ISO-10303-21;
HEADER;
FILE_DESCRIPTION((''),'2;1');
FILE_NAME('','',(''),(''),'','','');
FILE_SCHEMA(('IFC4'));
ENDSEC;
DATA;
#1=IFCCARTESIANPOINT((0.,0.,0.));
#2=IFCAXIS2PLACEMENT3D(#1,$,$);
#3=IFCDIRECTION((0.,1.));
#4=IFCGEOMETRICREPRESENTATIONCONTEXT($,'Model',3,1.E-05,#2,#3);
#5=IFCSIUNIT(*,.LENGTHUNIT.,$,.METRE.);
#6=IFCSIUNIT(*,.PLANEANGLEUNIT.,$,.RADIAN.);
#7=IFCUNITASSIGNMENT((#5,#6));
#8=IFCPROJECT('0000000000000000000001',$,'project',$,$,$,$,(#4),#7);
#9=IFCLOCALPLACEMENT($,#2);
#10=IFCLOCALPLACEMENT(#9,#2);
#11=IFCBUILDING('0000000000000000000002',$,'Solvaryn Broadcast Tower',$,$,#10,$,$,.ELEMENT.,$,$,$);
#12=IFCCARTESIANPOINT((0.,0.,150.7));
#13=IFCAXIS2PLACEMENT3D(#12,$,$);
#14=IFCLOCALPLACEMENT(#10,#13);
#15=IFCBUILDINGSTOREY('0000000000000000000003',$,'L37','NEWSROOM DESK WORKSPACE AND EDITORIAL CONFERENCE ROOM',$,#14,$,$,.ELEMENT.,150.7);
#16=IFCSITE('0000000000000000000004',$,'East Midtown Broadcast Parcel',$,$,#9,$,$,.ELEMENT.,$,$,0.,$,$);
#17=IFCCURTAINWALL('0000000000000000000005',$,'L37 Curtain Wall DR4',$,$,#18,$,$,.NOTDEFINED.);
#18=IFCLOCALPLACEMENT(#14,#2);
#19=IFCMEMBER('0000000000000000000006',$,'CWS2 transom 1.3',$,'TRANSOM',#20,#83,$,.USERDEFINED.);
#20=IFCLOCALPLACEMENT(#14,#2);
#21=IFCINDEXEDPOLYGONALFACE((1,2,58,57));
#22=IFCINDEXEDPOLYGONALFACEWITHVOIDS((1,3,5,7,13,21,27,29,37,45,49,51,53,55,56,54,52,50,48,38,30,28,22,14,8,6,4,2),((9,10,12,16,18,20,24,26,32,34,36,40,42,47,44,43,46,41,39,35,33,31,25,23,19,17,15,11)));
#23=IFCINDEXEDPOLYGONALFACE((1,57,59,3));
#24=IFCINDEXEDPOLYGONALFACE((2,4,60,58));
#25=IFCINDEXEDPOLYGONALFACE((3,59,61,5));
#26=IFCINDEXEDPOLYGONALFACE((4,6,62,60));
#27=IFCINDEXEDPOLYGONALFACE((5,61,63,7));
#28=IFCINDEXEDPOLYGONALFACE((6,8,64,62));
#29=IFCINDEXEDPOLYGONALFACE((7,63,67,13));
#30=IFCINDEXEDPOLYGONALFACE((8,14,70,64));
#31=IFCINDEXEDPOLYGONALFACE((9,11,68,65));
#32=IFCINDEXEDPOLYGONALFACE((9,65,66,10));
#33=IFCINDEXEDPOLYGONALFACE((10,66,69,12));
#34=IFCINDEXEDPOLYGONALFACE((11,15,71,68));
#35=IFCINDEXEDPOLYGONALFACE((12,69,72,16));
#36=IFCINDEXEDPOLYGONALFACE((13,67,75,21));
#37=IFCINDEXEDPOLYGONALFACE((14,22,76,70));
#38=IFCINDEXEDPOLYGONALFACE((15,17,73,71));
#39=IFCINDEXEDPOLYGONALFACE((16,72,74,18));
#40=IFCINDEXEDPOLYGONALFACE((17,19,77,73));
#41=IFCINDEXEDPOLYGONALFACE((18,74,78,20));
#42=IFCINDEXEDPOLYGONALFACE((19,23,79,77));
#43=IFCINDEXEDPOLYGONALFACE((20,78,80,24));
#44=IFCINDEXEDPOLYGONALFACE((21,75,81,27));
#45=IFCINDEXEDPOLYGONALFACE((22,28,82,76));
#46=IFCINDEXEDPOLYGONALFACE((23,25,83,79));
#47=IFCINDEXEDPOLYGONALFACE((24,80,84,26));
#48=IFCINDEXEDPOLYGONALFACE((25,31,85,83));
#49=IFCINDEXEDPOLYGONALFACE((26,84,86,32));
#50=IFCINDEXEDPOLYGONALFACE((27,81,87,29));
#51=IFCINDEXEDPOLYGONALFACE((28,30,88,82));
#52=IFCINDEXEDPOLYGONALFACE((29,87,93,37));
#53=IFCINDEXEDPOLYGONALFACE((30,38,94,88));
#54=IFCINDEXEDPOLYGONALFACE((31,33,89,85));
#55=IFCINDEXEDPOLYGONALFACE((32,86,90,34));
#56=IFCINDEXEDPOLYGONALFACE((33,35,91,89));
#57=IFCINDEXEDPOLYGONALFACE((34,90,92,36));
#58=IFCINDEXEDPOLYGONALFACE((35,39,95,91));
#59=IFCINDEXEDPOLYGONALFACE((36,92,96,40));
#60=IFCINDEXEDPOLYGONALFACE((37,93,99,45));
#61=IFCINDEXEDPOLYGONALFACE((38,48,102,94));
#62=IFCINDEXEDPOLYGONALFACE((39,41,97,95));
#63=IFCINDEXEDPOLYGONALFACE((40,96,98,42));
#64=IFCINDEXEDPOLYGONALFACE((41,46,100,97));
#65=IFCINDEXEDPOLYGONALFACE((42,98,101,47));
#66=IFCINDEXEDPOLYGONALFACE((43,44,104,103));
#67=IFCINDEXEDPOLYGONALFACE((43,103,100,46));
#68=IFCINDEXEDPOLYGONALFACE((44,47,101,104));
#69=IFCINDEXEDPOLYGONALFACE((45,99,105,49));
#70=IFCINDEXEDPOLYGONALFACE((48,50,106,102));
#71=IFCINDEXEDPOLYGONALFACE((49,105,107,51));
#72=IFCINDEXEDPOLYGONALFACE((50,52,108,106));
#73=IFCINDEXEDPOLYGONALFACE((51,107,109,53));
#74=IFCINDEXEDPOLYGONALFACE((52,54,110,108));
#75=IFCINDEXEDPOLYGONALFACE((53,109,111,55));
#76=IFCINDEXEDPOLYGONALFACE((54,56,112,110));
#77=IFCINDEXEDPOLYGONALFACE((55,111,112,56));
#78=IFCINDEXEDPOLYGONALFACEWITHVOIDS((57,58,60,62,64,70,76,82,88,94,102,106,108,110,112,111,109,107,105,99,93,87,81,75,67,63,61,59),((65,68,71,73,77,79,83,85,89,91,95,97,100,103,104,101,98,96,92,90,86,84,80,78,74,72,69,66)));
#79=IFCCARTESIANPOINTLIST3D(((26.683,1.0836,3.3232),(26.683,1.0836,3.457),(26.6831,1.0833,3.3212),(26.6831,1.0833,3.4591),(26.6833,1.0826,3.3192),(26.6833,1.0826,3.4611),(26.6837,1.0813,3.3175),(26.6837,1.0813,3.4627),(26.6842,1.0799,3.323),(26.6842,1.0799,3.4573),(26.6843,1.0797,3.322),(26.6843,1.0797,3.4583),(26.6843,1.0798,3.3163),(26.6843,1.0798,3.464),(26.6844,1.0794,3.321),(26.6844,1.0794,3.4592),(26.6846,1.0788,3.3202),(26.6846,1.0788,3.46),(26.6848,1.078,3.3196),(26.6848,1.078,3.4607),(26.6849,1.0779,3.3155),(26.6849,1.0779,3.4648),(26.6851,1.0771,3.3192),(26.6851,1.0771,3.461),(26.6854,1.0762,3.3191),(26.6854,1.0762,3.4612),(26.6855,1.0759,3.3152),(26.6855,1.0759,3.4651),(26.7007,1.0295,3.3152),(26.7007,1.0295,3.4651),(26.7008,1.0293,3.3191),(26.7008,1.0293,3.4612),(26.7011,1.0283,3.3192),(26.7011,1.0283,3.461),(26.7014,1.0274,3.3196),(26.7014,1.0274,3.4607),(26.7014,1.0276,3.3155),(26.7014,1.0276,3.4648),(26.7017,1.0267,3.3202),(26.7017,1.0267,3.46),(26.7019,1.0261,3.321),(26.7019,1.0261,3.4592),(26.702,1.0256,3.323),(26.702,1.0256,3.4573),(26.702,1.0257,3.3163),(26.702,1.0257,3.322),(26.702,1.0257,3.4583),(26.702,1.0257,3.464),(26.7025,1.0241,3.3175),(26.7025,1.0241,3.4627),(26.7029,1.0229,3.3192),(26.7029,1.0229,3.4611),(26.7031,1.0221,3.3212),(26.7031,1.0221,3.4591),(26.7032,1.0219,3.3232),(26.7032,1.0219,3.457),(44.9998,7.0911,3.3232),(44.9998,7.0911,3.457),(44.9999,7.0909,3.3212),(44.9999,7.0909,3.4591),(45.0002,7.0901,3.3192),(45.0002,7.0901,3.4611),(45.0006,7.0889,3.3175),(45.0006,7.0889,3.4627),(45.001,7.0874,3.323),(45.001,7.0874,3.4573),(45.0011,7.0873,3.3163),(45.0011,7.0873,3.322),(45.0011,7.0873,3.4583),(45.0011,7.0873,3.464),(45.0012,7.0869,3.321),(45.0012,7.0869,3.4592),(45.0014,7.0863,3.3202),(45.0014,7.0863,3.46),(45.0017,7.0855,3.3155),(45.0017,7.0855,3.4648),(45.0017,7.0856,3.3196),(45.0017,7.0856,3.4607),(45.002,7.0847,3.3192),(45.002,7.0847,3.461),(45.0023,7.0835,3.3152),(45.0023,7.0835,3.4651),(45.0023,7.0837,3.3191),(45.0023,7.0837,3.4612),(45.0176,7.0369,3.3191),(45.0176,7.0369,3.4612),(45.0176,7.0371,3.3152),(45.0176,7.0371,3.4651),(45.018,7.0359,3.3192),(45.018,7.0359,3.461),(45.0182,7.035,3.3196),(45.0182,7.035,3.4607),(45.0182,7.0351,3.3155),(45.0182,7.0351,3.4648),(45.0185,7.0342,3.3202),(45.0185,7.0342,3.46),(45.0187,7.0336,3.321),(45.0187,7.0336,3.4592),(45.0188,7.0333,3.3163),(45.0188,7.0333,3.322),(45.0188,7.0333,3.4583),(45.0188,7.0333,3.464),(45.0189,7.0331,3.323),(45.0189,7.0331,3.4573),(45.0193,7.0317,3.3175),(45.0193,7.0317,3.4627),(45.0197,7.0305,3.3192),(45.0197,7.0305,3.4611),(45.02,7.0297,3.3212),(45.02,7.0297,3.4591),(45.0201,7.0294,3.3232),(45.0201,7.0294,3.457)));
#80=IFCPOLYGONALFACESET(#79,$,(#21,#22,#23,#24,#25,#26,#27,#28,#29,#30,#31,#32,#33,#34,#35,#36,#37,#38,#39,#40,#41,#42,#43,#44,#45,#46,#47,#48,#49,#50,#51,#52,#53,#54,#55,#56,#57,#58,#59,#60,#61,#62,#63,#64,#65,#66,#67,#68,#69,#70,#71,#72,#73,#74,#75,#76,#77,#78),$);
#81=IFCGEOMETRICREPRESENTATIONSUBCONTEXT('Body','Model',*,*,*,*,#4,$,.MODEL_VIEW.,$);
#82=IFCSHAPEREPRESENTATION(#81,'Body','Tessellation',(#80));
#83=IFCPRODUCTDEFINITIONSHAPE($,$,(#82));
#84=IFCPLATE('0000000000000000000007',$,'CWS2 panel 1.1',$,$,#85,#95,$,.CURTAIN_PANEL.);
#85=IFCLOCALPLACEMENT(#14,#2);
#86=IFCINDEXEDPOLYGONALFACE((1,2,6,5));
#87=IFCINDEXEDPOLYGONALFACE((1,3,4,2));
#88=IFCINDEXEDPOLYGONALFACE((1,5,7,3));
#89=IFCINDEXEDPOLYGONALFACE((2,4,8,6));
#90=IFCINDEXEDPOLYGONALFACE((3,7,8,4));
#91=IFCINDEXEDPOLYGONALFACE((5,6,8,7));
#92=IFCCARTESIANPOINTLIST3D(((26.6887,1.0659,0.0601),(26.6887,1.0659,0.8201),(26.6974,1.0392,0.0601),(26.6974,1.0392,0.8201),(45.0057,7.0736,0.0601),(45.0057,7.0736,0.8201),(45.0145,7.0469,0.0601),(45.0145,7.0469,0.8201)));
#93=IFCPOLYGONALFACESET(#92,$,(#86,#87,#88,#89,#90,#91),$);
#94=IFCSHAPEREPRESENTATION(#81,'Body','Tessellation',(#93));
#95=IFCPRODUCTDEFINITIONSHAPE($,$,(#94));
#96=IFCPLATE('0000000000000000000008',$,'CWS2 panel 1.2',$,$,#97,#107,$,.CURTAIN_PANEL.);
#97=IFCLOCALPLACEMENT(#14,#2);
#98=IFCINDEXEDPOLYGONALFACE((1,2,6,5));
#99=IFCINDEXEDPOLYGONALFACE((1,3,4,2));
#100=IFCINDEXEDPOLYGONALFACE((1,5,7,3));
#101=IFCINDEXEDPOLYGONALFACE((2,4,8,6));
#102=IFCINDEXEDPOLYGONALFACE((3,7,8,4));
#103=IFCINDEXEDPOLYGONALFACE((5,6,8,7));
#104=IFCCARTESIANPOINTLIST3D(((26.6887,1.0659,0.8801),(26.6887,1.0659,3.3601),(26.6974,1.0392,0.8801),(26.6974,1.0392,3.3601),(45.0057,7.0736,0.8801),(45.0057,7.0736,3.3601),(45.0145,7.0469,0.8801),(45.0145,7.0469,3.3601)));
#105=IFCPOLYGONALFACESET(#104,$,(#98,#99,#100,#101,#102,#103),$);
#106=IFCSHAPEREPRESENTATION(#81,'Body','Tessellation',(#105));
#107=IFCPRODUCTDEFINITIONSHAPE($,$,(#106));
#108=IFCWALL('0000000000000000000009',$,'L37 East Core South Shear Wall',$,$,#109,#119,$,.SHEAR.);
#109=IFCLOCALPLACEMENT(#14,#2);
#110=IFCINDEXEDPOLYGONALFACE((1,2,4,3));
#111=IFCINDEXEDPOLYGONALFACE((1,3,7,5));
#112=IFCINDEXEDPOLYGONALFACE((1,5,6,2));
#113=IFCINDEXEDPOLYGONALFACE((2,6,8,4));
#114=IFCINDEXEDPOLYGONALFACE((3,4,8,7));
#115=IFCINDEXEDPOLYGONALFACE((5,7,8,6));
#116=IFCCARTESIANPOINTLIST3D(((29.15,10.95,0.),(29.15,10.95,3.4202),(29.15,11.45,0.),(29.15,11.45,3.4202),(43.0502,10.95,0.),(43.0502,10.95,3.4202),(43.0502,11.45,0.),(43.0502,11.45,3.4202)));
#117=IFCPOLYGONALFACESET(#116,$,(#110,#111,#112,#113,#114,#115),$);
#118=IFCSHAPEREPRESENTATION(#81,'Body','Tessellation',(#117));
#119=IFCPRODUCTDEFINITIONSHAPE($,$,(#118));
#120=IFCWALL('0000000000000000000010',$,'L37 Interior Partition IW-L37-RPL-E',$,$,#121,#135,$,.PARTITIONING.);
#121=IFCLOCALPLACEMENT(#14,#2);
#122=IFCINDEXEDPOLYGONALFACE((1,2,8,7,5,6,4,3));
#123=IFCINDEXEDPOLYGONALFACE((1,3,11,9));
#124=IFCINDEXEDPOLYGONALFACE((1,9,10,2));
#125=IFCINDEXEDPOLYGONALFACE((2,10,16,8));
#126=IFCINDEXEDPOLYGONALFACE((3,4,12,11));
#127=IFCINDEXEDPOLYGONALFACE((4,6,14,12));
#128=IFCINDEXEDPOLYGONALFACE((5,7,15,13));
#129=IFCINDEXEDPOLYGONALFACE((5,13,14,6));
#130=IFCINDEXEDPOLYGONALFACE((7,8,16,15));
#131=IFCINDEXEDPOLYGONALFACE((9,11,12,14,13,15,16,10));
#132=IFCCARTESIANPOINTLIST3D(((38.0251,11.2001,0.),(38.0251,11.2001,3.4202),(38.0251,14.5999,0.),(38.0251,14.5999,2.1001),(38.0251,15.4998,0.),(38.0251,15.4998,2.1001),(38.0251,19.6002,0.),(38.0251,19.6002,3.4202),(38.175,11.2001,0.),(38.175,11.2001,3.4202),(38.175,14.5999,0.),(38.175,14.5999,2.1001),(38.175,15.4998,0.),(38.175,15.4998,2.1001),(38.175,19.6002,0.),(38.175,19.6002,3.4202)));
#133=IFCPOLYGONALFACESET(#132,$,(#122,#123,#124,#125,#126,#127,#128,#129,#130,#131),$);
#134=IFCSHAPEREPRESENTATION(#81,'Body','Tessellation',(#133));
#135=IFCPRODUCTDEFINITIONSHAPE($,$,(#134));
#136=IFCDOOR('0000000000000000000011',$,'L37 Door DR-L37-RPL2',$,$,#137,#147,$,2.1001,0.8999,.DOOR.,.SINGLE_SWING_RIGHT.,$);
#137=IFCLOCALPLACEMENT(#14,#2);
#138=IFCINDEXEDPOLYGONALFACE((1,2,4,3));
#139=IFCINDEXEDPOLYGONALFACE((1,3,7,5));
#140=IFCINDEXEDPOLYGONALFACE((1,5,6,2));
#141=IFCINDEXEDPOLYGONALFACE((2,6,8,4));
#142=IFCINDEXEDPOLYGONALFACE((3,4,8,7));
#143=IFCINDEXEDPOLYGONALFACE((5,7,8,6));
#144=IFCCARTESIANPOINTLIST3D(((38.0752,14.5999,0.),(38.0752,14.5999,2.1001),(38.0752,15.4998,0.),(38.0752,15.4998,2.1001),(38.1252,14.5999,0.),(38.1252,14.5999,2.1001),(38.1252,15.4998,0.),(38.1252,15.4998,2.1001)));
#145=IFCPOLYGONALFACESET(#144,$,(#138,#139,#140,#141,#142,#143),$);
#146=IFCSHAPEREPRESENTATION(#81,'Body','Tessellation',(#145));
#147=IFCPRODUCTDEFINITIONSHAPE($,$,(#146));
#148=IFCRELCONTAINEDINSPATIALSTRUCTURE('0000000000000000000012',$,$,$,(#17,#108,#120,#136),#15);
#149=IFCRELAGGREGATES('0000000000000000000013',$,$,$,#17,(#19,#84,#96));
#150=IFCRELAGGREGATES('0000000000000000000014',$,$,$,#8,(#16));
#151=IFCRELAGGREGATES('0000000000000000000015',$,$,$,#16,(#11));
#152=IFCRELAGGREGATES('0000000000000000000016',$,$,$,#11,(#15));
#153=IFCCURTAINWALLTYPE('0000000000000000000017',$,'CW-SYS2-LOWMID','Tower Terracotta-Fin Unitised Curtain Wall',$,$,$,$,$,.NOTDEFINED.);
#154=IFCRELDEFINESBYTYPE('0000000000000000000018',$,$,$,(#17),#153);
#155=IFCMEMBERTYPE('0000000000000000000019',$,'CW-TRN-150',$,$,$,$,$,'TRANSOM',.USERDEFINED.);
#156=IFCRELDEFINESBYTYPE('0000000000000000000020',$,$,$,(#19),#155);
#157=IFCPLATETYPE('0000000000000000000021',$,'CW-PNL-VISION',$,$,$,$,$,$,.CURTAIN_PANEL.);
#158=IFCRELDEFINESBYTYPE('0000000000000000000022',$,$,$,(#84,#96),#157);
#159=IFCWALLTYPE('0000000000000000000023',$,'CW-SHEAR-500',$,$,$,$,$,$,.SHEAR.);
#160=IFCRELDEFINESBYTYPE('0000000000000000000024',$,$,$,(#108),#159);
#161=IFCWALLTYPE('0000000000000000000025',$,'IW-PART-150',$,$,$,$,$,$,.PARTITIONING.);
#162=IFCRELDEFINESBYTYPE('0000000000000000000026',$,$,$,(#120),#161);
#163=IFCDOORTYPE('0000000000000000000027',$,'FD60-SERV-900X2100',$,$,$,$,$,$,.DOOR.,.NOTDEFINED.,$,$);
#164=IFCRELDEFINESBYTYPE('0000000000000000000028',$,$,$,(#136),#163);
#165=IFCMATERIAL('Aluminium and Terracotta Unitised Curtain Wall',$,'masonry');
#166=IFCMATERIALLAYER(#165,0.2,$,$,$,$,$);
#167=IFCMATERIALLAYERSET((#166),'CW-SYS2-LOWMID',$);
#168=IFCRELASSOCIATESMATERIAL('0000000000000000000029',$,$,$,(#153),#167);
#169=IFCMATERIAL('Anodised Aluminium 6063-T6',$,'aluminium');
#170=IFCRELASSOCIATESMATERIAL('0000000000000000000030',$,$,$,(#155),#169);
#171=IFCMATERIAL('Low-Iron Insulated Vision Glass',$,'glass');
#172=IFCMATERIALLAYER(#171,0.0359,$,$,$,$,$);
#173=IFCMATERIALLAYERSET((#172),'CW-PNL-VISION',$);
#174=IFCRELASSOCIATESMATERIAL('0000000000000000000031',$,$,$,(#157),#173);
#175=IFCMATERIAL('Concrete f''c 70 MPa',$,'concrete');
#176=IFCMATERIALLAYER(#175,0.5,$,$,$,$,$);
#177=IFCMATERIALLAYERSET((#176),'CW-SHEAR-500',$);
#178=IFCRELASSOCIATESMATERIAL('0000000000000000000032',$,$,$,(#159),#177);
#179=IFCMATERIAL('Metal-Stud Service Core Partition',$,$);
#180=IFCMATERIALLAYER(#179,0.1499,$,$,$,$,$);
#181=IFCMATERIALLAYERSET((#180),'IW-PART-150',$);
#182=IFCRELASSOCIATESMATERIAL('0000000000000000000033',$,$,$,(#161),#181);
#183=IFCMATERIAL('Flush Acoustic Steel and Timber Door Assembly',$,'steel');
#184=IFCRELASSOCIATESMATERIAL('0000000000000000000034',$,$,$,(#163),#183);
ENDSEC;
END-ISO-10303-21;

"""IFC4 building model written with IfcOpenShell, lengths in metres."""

from ifc_helpers import new_model, si_unit, direction, frame, frame_2d, origin, origin_2d, place, context, subcontext, project, spatial, rectangle, hollow_rectangle, extrude, material, layer, layer_set, material_profile, profile_set, type_object, element, fill, aggregate, save


model = new_model("IFC4")

# Units and contexts
model_context = context("Model", 3, precision=1e-05, world=origin(), true_north=direction((0.0, 1.0)))
body_context = subcontext(model_context, "Body", "Model", "MODEL_VIEW")
ifc_project = project(units=[si_unit("LENGTHUNIT", "METRE"), si_unit("PLANEANGLEUNIT", "RADIAN")], contexts=[model_context])

# Site, building, storey
site_placement = place(None, origin())
site = spatial("IfcSite", under=ifc_project, at=site_placement, Name="East Midtown Broadcast Parcel", CompositionType="ELEMENT", RefElevation=0.0)
building_placement = place(site_placement, origin())
building = spatial("IfcBuilding", under=site, at=building_placement, Name="Solvaryn Broadcast Tower", CompositionType="ELEMENT")
storey_placement = place(building_placement, frame((0.0, 0.0, 150.7)))
storey = spatial("IfcBuildingStorey", under=building, at=storey_placement, Name="L37", Description="NEWSROOM DESK WORKSPACE AND EDITORIAL CONFERENCE ROOM", CompositionType="ELEMENT", Elevation=150.7)

# Shared definitions
ifc_material_1 = material(Name="Aluminium and Terracotta Unitised Curtain Wall", Category="masonry")
ifc_layer_1 = layer(ifc_material_1, 0.2)
ifc_layer_set_1 = layer_set([ifc_layer_1], Name="CW-SYS2-LOWMID")
curtain_wall_type = type_object("IfcCurtainWallType", Name="CW-SYS2-LOWMID", Description="Tower Terracotta-Fin Unitised Curtain Wall", PredefinedType="NOTDEFINED", material=ifc_layer_set_1)

# Curtain wall, member, plates
curtain_wall_1_placement = place(storey_placement, origin())
curtain_wall_1 = element("IfcCurtainWall", 1, at=curtain_wall_1_placement, inside=storey, type_object=curtain_wall_type, Name="L37 Curtain Wall DR4", PredefinedType="NOTDEFINED")
ifc_material_2 = material(Name="Anodised Aluminium 6063-T6", Category="aluminium")
ifc_material_profile_1 = material_profile(ifc_material_2, hollow_rectangle(XDim=0.0649, YDim=0.1499, WallThickness=0.0039, InnerFilletRadius=0.0039, OuterFilletRadius=0.0081, at=origin_2d()))
ifc_profile_set_1 = profile_set([ifc_material_profile_1], Name="Anodised Aluminium 6063-T6")
member_type_1 = type_object("IfcMemberType", Name="CW-TRN-150", ElementType="TRANSOM", PredefinedType="USERDEFINED", material=ifc_profile_set_1)
member_1_placement = place(storey_placement, frame((26.6931, 1.0527, 3.3901), z_axis=(0.950198, 0.311646, 0.0), x_axis=(-0.311646, 0.950198, 0.0)))
member_1 = element("IfcMember", 2, at=member_1_placement, type_object=member_type_1, Name="CWS2 transom 1.3", ObjectType="TRANSOM", PredefinedType="USERDEFINED", context=body_context, shape_type="SweptSolid", body=[
    extrude(hollow_rectangle(XDim=0.0649, YDim=0.1499, WallThickness=0.0039, InnerFilletRadius=0.0039, OuterFilletRadius=0.0081, at=origin_2d()), origin(), (0.0, 0.0, 1.0), 19.2769),
])
ifc_material_3 = material(Name="Low-Iron Insulated Vision Glass", Category="glass")
ifc_layer_2 = layer(ifc_material_3, 0.0359)
ifc_layer_set_2 = layer_set([ifc_layer_2], Name="CW-PNL-VISION")
plate_type = type_object("IfcPlateType", Name="CW-PNL-VISION", PredefinedType="CURTAIN_PANEL", material=ifc_layer_set_2)
plate_1_placement = place(storey_placement, frame((35.8516, 4.0564, 0.0601), z_axis=(0.0, 0.0, 1.0), x_axis=(0.950198, 0.311646, 0.0)))
plate_1 = element("IfcPlate", 3, at=plate_1_placement, type_object=plate_type, Name="CWS2 panel 1.1", PredefinedType="CURTAIN_PANEL", context=body_context, shape_type="SweptSolid", body=[
    extrude(rectangle(XDim=19.2771, YDim=0.0281, at=origin_2d()), origin(), (0.0, 0.0, 1.0), 0.76),
])
plate_2_placement = place(storey_placement, frame((35.8516, 4.0564, 0.8801), z_axis=(0.0, 0.0, 1.0), x_axis=(0.950198, 0.311646, 0.0)))
plate_2 = element("IfcPlate", 4, at=plate_2_placement, type_object=plate_type, Name="CWS2 panel 1.2", PredefinedType="CURTAIN_PANEL", context=body_context, shape_type="SweptSolid", body=[
    extrude(rectangle(XDim=19.2771, YDim=0.0281, at=origin_2d()), origin(), (0.0, 0.0, 1.0), 2.48),
])
aggregate(curtain_wall_1, [member_1, plate_1, plate_2])

# Wall
ifc_material_4 = material(Name="Concrete f'c 70 MPa", Category="concrete")
ifc_layer_3 = layer(ifc_material_4, 0.5)
ifc_layer_set_3 = layer_set([ifc_layer_3], Name="CW-SHEAR-500")
wall_type_1 = type_object("IfcWallType", Name="CW-SHEAR-500", PredefinedType="SHEAR", material=ifc_layer_set_3)
wall_1_placement = place(storey_placement, frame((29.1499, 11.2, 0.0), z_axis=(0.0, 0.0, 1.0), x_axis=(1.0, 0.0, 0.0)))
element("IfcWall", 5, at=wall_1_placement, inside=storey, type_object=wall_type_1, Name="L37 East Core South Shear Wall", PredefinedType="SHEAR", context=body_context, shape_type="SweptSolid", body=[
    extrude(rectangle(XDim=13.9001, YDim=0.5, at=frame_2d((6.9502, 0.0))), origin(), (0.0, 0.0, 1.0), 3.4202),
])

# Wall, opening, door
ifc_material_5 = material(Name="Metal-Stud Service Core Partition")
ifc_layer_4 = layer(ifc_material_5, 0.1499)
ifc_layer_set_4 = layer_set([ifc_layer_4], Name="IW-PART-150")
wall_type_2 = type_object("IfcWallType", Name="IW-PART-150", PredefinedType="PARTITIONING", material=ifc_layer_set_4)
wall_2_placement = place(storey_placement, frame((38.1001, 11.2, 0.0), z_axis=(0.0, 0.0, 1.0), x_axis=(0.0, 1.0, 0.0)))
wall_2 = element("IfcWall", 6, at=wall_2_placement, inside=storey, type_object=wall_type_2, Name="L37 Interior Partition IW-L37-RPL-E", PredefinedType="PARTITIONING", context=body_context, shape_type="SweptSolid", body=[
    extrude(rectangle(XDim=8.4001, YDim=0.1499, at=frame_2d((4.2002, 0.0))), origin(), (0.0, 0.0, 1.0), 3.4202),
])
opening_1_placement = place(wall_2_placement, frame((3.3999, 0.0, 0.0)))
opening_1 = element("IfcOpeningElement", 7, at=opening_1_placement, cuts=wall_2, PredefinedType="OPENING", context=body_context, shape_type="SweptSolid", body=[
    extrude(rectangle(XDim=0.8999, YDim=2.1001, at=frame_2d((0.45, 1.05))), frame((0.0, 0.085, 0.0), z_axis=(0.0, -1.0, 0.0), x_axis=(1.0, 0.0, 0.0)), (0.0, 0.0, 1.0), 0.1699),
])
ifc_material_6 = material(Name="Flush Acoustic Steel and Timber Door Assembly", Category="steel")
door_type_1 = type_object("IfcDoorType", Name="FD60-SERV-900X2100", OperationType="NOTDEFINED", PredefinedType="DOOR", material=ifc_material_6)
door_1_placement = place(opening_1_placement, origin())
door_1 = element("IfcDoor", 8, at=door_1_placement, inside=storey, type_object=door_type_1, Name="L37 Door DR-L37-RPL2", OperationType="SINGLE_SWING_RIGHT", OverallHeight=2.1001, OverallWidth=0.8999, PredefinedType="DOOR", context=body_context, shape_type="SweptSolid", body=[
    extrude(rectangle(XDim=0.8999, YDim=2.1001, at=frame_2d((0.45, 1.05))), frame((0.0, 0.0249, 0.0), z_axis=(0.0, -1.0, 0.0), x_axis=(1.0, 0.0, 0.0)), (0.0, 0.0, 1.0), 0.05),
])
fill(opening_1, door_1)

save(model, "model.ifc")
